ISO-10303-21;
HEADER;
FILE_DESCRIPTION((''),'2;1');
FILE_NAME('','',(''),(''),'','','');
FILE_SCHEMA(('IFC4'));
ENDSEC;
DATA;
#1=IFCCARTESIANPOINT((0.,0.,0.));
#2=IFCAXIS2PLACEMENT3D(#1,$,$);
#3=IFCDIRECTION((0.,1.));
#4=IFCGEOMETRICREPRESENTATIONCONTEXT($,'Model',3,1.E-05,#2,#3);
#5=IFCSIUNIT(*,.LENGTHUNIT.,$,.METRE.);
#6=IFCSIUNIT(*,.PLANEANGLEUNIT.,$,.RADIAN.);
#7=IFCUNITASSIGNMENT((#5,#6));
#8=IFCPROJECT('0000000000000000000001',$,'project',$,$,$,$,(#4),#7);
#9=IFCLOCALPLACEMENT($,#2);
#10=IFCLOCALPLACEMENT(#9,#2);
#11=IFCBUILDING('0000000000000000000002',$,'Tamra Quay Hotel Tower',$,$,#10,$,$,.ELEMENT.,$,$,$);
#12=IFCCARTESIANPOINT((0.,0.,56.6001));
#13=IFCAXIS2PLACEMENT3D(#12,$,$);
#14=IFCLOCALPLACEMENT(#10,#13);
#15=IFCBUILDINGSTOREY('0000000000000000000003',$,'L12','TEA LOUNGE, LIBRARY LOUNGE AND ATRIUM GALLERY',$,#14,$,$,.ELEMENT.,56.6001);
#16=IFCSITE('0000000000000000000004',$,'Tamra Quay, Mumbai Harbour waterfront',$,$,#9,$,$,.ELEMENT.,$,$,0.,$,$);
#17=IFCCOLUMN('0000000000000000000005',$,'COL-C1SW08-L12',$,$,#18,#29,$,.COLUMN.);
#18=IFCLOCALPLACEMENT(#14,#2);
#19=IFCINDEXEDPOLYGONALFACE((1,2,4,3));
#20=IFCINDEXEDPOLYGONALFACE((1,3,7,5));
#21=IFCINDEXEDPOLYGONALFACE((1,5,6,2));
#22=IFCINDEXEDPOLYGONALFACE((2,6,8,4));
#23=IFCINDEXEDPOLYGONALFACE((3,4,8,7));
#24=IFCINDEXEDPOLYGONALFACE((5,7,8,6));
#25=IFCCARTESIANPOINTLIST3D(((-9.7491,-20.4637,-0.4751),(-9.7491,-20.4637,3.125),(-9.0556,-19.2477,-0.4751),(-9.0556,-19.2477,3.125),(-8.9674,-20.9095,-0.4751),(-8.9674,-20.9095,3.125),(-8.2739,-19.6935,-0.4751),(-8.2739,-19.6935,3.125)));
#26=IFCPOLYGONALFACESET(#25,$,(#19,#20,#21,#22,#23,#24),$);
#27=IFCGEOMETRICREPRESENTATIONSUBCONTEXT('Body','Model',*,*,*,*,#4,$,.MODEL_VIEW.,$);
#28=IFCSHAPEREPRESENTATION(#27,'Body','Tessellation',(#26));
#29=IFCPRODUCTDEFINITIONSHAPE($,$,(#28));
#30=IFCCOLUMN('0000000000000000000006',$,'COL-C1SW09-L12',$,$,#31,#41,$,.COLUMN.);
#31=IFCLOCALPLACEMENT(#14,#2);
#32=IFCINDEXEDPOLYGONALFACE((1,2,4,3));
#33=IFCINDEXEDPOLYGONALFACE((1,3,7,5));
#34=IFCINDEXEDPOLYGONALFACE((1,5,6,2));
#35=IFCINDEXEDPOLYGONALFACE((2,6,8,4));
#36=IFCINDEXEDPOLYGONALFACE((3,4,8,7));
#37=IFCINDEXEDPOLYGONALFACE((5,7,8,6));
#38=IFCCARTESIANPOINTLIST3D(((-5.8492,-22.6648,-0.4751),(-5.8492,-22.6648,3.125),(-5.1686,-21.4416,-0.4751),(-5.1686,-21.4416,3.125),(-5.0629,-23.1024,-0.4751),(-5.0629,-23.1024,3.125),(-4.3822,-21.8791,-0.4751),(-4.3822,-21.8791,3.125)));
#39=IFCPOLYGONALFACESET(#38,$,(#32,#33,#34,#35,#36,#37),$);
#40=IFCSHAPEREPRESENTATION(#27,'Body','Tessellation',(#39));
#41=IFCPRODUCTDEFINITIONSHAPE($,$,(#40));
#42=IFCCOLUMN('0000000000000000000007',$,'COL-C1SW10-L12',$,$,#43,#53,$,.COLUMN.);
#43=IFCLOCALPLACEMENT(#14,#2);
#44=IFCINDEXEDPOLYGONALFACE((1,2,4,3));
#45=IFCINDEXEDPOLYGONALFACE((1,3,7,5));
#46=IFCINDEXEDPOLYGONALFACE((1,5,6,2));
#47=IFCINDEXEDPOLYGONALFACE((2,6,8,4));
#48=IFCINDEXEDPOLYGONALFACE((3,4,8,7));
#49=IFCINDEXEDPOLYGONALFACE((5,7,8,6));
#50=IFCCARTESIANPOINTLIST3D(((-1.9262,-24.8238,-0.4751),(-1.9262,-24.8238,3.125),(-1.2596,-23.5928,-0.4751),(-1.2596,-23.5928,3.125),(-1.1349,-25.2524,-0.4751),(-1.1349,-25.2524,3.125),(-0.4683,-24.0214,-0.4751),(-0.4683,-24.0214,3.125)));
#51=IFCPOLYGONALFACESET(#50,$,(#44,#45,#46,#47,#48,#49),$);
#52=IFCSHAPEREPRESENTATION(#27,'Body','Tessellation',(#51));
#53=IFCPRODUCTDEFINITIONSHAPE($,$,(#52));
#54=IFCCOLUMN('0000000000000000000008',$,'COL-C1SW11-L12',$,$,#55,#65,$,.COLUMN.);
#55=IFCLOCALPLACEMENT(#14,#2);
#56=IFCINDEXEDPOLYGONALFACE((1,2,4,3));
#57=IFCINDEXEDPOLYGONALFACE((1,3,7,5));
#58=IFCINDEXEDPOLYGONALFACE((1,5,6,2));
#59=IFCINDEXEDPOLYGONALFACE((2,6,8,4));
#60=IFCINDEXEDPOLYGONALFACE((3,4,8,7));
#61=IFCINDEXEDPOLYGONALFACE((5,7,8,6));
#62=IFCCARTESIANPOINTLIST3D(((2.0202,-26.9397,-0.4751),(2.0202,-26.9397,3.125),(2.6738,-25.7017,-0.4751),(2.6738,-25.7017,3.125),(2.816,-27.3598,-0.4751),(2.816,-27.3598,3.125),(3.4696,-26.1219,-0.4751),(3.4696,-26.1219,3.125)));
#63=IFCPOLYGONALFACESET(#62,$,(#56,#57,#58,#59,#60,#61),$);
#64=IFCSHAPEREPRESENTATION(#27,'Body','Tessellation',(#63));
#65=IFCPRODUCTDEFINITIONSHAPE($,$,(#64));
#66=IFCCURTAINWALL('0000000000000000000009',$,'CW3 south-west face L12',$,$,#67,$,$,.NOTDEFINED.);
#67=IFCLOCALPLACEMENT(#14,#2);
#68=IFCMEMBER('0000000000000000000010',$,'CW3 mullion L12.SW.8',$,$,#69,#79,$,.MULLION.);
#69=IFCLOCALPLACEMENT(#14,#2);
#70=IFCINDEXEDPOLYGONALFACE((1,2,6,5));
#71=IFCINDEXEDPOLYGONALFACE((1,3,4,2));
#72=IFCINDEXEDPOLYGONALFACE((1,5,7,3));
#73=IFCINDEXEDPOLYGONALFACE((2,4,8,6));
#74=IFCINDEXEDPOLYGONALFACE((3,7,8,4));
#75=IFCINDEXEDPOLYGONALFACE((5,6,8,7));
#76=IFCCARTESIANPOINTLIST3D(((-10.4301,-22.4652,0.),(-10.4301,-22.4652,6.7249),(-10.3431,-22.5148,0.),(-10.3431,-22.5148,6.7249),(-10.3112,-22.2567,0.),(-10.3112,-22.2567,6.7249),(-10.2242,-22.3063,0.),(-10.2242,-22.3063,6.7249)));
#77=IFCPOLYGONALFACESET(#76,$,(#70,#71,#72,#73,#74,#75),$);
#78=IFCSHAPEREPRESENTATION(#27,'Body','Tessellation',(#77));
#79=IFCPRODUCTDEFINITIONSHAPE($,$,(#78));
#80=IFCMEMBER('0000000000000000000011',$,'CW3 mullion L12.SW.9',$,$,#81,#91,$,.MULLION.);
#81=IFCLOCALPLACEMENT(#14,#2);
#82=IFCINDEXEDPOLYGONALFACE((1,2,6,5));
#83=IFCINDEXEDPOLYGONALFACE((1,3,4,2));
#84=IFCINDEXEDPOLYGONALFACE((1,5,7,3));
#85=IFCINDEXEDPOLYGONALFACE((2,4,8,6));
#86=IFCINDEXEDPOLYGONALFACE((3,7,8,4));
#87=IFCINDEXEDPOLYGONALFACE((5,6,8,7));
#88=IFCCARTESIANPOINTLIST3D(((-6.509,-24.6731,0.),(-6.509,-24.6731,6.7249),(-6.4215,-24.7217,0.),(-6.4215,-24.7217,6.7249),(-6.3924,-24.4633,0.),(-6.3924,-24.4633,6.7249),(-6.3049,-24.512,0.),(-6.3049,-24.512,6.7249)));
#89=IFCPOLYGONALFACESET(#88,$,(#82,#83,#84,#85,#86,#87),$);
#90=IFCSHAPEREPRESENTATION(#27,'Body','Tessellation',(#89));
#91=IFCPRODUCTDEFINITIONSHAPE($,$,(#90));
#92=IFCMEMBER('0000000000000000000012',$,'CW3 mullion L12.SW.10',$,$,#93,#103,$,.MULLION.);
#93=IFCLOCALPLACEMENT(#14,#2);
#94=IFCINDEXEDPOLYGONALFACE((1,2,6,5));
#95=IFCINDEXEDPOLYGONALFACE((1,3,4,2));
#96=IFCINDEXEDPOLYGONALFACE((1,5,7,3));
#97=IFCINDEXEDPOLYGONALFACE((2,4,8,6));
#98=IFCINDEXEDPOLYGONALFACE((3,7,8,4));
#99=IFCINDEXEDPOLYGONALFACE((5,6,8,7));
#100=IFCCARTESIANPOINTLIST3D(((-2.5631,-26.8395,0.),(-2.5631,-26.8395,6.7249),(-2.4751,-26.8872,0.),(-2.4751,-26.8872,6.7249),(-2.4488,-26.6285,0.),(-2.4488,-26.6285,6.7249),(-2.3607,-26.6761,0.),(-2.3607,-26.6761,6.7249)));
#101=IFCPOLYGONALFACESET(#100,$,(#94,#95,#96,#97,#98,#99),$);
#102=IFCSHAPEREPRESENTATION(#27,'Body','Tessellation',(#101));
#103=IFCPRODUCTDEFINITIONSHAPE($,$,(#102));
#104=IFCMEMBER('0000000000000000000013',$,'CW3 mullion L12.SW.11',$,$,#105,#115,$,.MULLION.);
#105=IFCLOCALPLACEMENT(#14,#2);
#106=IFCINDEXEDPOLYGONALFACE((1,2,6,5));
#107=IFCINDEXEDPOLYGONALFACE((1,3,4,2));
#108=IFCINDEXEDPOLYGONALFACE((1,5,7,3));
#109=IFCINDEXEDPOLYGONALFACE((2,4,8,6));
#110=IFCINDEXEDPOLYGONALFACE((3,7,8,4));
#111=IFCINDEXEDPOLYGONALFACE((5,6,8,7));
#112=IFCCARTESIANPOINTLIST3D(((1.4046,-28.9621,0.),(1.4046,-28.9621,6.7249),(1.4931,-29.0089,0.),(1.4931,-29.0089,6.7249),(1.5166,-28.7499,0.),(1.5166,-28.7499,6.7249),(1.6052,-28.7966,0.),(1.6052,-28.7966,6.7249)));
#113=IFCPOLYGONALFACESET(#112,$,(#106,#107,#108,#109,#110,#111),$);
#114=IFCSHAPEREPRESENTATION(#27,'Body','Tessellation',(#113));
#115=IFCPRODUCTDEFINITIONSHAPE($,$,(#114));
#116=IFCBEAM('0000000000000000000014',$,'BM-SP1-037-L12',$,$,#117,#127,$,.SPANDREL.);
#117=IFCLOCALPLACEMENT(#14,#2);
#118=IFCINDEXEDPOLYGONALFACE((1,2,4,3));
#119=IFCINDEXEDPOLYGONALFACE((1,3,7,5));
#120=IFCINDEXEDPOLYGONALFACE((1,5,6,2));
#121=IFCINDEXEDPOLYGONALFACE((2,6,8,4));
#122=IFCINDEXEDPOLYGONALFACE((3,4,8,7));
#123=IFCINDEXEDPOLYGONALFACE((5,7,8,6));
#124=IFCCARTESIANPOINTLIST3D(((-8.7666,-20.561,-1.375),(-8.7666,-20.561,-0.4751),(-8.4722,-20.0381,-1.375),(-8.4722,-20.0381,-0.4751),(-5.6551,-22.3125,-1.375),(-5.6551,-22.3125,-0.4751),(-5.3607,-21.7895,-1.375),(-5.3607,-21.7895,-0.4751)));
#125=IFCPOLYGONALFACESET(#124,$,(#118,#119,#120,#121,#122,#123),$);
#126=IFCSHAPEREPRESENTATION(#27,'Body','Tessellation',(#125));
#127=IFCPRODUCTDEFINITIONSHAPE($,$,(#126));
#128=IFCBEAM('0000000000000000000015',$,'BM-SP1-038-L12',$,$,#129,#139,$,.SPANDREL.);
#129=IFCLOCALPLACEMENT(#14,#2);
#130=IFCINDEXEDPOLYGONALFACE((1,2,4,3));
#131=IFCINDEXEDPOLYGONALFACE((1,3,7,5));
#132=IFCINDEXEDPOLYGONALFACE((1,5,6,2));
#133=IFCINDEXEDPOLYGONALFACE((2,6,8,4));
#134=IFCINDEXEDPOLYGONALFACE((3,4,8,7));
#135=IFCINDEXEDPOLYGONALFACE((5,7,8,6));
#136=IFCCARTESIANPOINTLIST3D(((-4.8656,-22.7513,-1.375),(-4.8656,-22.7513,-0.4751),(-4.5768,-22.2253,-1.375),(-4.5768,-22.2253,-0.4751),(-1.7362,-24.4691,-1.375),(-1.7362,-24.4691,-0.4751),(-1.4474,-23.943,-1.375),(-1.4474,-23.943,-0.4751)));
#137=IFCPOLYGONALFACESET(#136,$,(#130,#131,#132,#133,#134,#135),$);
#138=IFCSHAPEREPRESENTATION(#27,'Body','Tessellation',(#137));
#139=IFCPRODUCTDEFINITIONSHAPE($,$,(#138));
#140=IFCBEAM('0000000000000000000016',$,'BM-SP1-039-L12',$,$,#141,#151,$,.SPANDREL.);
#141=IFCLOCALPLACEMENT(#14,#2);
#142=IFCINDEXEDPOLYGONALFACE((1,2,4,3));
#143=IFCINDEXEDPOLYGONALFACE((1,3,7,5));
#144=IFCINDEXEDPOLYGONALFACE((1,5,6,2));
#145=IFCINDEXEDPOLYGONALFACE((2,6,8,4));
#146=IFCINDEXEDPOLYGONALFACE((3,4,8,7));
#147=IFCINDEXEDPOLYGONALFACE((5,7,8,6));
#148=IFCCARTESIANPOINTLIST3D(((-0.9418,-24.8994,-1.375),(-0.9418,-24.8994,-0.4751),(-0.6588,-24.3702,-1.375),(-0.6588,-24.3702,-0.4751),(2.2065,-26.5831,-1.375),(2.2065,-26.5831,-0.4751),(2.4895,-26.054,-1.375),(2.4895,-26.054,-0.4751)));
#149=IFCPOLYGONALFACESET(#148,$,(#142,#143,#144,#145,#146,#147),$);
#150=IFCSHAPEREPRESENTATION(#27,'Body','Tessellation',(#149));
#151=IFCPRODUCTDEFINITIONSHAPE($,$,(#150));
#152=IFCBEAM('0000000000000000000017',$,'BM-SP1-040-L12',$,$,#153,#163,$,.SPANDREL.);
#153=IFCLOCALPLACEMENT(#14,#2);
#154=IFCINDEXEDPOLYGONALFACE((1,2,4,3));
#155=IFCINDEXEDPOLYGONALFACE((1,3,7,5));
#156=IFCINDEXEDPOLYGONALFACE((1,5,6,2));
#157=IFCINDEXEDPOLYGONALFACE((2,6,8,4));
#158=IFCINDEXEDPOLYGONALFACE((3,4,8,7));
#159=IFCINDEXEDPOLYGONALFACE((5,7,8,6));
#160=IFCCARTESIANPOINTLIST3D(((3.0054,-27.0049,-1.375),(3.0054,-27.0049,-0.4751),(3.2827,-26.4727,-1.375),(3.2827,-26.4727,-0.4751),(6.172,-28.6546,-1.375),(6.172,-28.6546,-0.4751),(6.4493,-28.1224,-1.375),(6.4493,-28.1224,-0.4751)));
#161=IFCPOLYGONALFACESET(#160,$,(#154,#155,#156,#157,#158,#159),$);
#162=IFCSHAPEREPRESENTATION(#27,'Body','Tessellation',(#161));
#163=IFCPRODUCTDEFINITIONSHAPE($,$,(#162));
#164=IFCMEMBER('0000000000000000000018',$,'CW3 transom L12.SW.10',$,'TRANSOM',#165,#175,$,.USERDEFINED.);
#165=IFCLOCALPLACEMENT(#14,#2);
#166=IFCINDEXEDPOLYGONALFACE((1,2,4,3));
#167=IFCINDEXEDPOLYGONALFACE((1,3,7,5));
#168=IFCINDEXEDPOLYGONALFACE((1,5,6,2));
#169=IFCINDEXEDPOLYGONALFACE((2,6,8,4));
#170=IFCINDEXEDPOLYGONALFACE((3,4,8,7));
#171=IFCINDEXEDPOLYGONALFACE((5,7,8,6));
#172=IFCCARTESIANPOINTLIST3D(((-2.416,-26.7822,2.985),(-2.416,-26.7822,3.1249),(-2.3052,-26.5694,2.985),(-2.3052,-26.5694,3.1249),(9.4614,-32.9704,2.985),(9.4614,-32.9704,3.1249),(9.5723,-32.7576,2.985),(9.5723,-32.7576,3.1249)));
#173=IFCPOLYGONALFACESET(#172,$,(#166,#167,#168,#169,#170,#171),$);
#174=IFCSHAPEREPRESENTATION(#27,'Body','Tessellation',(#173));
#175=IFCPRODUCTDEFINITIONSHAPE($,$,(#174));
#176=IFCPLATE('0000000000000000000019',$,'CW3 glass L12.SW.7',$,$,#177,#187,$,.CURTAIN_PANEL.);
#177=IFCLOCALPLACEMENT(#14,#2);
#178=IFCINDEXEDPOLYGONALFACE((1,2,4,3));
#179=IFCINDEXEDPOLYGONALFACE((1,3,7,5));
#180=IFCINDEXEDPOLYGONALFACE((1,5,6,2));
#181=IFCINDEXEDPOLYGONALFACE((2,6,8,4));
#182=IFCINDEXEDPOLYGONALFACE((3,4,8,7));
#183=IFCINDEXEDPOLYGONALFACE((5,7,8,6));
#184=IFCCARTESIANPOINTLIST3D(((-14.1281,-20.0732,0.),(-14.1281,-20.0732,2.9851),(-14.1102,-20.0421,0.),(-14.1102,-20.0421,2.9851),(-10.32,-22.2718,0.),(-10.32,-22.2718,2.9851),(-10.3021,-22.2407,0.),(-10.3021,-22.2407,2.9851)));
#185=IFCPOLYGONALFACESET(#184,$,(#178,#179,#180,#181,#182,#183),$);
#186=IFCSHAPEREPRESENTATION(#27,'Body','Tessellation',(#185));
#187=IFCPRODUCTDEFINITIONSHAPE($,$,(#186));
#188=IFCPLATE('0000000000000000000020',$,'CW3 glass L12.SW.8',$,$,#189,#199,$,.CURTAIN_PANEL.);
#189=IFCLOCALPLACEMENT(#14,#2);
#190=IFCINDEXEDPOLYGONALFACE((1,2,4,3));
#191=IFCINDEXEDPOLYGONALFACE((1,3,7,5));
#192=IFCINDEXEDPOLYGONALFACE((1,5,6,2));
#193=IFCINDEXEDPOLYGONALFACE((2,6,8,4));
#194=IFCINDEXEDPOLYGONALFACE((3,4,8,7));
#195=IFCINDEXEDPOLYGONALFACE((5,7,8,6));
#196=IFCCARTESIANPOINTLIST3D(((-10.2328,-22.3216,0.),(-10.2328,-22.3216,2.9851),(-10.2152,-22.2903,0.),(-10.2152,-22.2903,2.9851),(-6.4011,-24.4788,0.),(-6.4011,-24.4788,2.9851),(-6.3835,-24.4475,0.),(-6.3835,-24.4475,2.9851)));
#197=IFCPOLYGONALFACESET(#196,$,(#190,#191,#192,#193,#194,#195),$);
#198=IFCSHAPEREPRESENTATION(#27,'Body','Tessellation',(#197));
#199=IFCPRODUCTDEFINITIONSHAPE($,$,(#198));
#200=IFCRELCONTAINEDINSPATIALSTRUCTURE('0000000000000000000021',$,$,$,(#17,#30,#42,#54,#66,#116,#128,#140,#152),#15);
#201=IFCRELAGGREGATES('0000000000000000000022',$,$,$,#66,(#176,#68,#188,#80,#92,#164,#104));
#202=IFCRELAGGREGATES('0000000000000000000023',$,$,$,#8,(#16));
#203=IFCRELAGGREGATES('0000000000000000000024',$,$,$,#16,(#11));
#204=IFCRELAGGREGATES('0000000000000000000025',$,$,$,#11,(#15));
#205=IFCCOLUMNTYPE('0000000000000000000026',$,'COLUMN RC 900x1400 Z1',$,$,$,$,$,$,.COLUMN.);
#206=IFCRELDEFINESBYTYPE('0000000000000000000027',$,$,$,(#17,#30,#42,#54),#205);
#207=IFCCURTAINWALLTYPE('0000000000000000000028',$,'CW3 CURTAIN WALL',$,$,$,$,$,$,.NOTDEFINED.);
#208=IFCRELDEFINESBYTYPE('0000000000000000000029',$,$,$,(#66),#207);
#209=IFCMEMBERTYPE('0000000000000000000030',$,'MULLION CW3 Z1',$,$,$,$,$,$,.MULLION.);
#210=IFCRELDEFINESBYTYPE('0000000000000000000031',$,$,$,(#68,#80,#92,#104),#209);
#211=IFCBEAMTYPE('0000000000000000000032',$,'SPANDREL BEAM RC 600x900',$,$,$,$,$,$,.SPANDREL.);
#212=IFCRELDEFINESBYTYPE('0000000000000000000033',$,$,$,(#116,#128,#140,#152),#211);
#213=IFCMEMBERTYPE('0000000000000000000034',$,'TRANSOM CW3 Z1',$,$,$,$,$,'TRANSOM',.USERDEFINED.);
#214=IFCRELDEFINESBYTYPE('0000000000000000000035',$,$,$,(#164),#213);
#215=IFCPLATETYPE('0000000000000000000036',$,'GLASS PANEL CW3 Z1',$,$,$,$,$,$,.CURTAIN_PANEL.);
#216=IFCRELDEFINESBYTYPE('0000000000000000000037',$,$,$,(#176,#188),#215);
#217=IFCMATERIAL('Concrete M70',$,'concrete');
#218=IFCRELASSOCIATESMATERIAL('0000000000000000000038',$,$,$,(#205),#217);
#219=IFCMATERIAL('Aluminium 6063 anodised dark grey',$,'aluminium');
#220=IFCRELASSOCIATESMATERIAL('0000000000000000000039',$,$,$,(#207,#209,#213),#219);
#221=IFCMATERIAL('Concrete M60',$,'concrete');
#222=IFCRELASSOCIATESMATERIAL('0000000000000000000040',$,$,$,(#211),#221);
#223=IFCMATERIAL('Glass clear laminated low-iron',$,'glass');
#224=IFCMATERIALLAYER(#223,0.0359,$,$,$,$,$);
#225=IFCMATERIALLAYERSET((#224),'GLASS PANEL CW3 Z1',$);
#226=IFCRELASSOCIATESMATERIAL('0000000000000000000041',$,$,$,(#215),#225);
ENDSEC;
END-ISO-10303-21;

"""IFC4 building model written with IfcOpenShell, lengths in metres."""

from ifc_helpers import new_model, si_unit, direction, frame, origin, origin_2d, place, context, subcontext, project, spatial, rectangle, extrude, material, layer, layer_set, material_profile, profile_set, type_object, element, aggregate, save


model = new_model("IFC4")

# Units and contexts
model_context = context("Model", 3, precision=1e-05, world=origin(), true_north=direction((0.0, 1.0)))
body_context = subcontext(model_context, "Body", "Model", "MODEL_VIEW")
ifc_project = project(units=[si_unit("LENGTHUNIT", "METRE"), si_unit("PLANEANGLEUNIT", "RADIAN")], contexts=[model_context])

# Site, building, storey
site_placement = place(None, origin())
site = spatial("IfcSite", under=ifc_project, at=site_placement, Name="Tamra Quay, Mumbai Harbour waterfront", CompositionType="ELEMENT", RefElevation=0.0)
building_placement = place(site_placement, origin())
building = spatial("IfcBuilding", under=site, at=building_placement, Name="Tamra Quay Hotel Tower", CompositionType="ELEMENT")
storey_placement = place(building_placement, frame((0.0, 0.0, 56.6001)))
storey = spatial("IfcBuildingStorey", under=building, at=storey_placement, Name="L12", Description="TEA LOUNGE, LIBRARY LOUNGE AND ATRIUM GALLERY", CompositionType="ELEMENT", Elevation=56.6001)

# Columns
ifc_material_1 = material(Name="Concrete M70", Category="concrete")
ifc_material_profile_1 = material_profile(ifc_material_1, rectangle(XDim=1.3999, YDim=0.8999, at=origin_2d()), Name="COLUMN RC 900x1400 Z1")
ifc_profile_set_1 = profile_set([ifc_material_profile_1], Name="Concrete M70")
column_type = type_object("IfcColumnType", Name="COLUMN RC 900x1400 Z1", PredefinedType="COLUMN", material=ifc_profile_set_1)
for number, where, z_axis, x_axis, name in (
    (1, (-9.0115, -20.0786, -0.4751), (0.0, 0.0, 1.0), (0.495421, 0.868653, 0.0), "COL-C1SW08-L12"),
    (2, (-5.1157, -22.272, -0.4751), (0.0, 0.0, 1.0), (0.486221, 0.873836, 0.0), "COL-C1SW09-L12"),
    (3, (-1.1973, -24.4226, -0.4751), (0.0, 0.0, 1.0), (0.476198, 0.879338, 0.0), "COL-C1SW10-L12"),
    (4, (2.7449, -26.5308, -0.4751), (0.0, 0.0, 1.0), (0.466896, 0.884312, 0.0), "COL-C1SW11-L12"),
):
    element("IfcColumn", number, at=place(storey_placement, frame(where, z_axis=z_axis, x_axis=x_axis)), inside=storey, type_object=column_type, Name=name, PredefinedType="COLUMN", context=body_context, shape_type="SweptSolid", body=[
        extrude(rectangle(XDim=1.3999, YDim=0.8999, at=origin_2d()), origin(), (0.0, 0.0, 1.0), 3.6001),
    ])

# Curtain wall, members
ifc_material_2 = material(Name="Aluminium 6063 anodised dark grey", Category="aluminium")
curtain_wall_type = type_object("IfcCurtainWallType", Name="CW3 CURTAIN WALL", PredefinedType="NOTDEFINED", material=ifc_material_2)
curtain_wall_placement = place(storey_placement, origin())
curtain_wall = element("IfcCurtainWall", 5, at=curtain_wall_placement, inside=storey, type_object=curtain_wall_type, Name="CW3 south-west face L12", PredefinedType="NOTDEFINED")
ifc_material_profile_2 = material_profile(ifc_material_2, rectangle(XDim=0.24, YDim=0.1001, at=origin_2d()), Name="MULLION 100X240")
ifc_profile_set_2 = profile_set([ifc_material_profile_2], Name="Aluminium 6063 anodised dark grey")
member_type_1 = type_object("IfcMemberType", Name="MULLION CW3 Z1", PredefinedType="MULLION", material=ifc_profile_set_2)
member_1_placement = place(storey_placement, frame((-10.3271, -22.3857, 0.0), z_axis=(0.0, 0.0, 1.0), x_axis=(-0.495301, -0.868722, 0.0)))
member_1 = element("IfcMember", 6, at=member_1_placement, type_object=member_type_1, Name="CW3 mullion L12.SW.8", PredefinedType="MULLION", context=body_context, shape_type="SweptSolid", body=[
    extrude(rectangle(XDim=0.24, YDim=0.1001, at=origin_2d()), origin(), (0.0, 0.0, 1.0), 6.7249),
])
member_2_placement = place(storey_placement, frame((-6.407, -24.5925, 0.0), z_axis=(0.0, 0.0, 1.0), x_axis=(-0.485864, -0.874035, 0.0)))
member_2 = element("IfcMember", 7, at=member_2_placement, type_object=member_type_1, Name="CW3 mullion L12.SW.9", PredefinedType="MULLION", context=body_context, shape_type="SweptSolid", body=[
    extrude(rectangle(XDim=0.24, YDim=0.1001, at=origin_2d()), origin(), (0.0, 0.0, 1.0), 6.7249),
])
member_3_placement = place(storey_placement, frame((-2.4619, -26.7578, 0.0), z_axis=(0.0, 0.0, 1.0), x_axis=(-0.476377, -0.879241, 0.0)))
member_3 = element("IfcMember", 8, at=member_3_placement, type_object=member_type_1, Name="CW3 mullion L12.SW.10", PredefinedType="MULLION", context=body_context, shape_type="SweptSolid", body=[
    extrude(rectangle(XDim=0.24, YDim=0.1001, at=origin_2d()), origin(), (0.0, 0.0, 1.0), 6.7249),
])
member_4_placement = place(storey_placement, frame((1.5049, -28.8794, 0.0), z_axis=(0.0, 0.0, 1.0), x_axis=(-0.466835, -0.884344, 0.0)))
member_4 = element("IfcMember", 9, at=member_4_placement, type_object=member_type_1, Name="CW3 mullion L12.SW.11", PredefinedType="MULLION", context=body_context, shape_type="SweptSolid", body=[
    extrude(rectangle(XDim=0.24, YDim=0.1001, at=origin_2d()), origin(), (0.0, 0.0, 1.0), 6.7249),
])

# Beams
ifc_material_3 = material(Name="Concrete M60", Category="concrete")
ifc_material_profile_3 = material_profile(ifc_material_3, rectangle(XDim=0.6001, YDim=0.8999, at=origin_2d()), Name="SPANDREL BEAM RC 600x900")
ifc_profile_set_3 = profile_set([ifc_material_profile_3], Name="Concrete M60")
beam_type = type_object("IfcBeamType", Name="SPANDREL BEAM RC 600x900", PredefinedType="SPANDREL", material=ifc_profile_set_3)
beam_1_placement = place(storey_placement, frame((-8.6194, -20.2996, -0.925), z_axis=(0.871431, -0.490518, 0.0), x_axis=(0.490518, 0.871431, 0.0)))
element("IfcBeam", 10, at=beam_1_placement, inside=storey, type_object=beam_type, Name="BM-SP1-037-L12", PredefinedType="SPANDREL", context=body_context, shape_type="SweptSolid", body=[
    extrude(rectangle(XDim=0.6001, YDim=0.8999, at=origin_2d()), origin(), (0.0, 0.0, 1.0), 3.5706),
])
beam_2_placement = place(storey_placement, frame((-4.7212, -22.4883, -0.925), z_axis=(0.876617, -0.481189, 0.0), x_axis=(0.481189, 0.876617, 0.0)))
element("IfcBeam", 11, at=beam_2_placement, inside=storey, type_object=beam_type, Name="BM-SP1-038-L12", PredefinedType="SPANDREL", context=body_context, shape_type="SweptSolid", body=[
    extrude(rectangle(XDim=0.6001, YDim=0.8999, at=origin_2d()), origin(), (0.0, 0.0, 1.0), 3.5698),
])
beam_3_placement = place(storey_placement, frame((-0.8003, -24.6348, -0.925), z_axis=(0.881809, -0.471607, 0.0), x_axis=(0.471607, 0.881809, 0.0)))
element("IfcBeam", 12, at=beam_3_placement, inside=storey, type_object=beam_type, Name="BM-SP1-039-L12", PredefinedType="SPANDREL", context=body_context, shape_type="SweptSolid", body=[
    extrude(rectangle(XDim=0.6001, YDim=0.8999, at=origin_2d()), origin(), (0.0, 0.0, 1.0), 3.5703),
])
beam_4_placement = place(storey_placement, frame((3.144, -26.7388, -0.925), z_axis=(0.886864, -0.462031, 0.0), x_axis=(0.462031, 0.886864, 0.0)))
element("IfcBeam", 13, at=beam_4_placement, inside=storey, type_object=beam_type, Name="BM-SP1-040-L12", PredefinedType="SPANDREL", context=body_context, shape_type="SweptSolid", body=[
    extrude(rectangle(XDim=0.6001, YDim=0.8999, at=origin_2d()), origin(), (0.0, 0.0, 1.0), 3.5706),
])

# Member
ifc_material_profile_4 = material_profile(ifc_material_2, rectangle(XDim=0.24, YDim=0.1399, at=origin_2d()), Name="TRANSOM 240X140")
ifc_profile_set_4 = profile_set([ifc_material_profile_4], Name="Aluminium 6063 anodised dark grey")
member_type_2 = type_object("IfcMemberType", Name="TRANSOM CW3 Z1", ElementType="TRANSOM", PredefinedType="USERDEFINED", material=ifc_profile_set_4)
member_5_placement = place(storey_placement, frame((-2.3606, -26.6758, 3.0549), z_axis=(0.886851, -0.462056, 0.0), x_axis=(0.462056, 0.886851, 0.0)))
member_5 = element("IfcMember", 14, at=member_5_placement, type_object=member_type_2, Name="CW3 transom L12.SW.10", ObjectType="TRANSOM", PredefinedType="USERDEFINED", context=body_context, shape_type="SweptSolid", body=[
    extrude(rectangle(XDim=0.24, YDim=0.1399, at=origin_2d()), origin(), (0.0, 0.0, 1.0), 13.3928),
])

# Plates
ifc_material_4 = material(Name="Glass clear laminated low-iron", Category="glass")
ifc_layer_1 = layer(ifc_material_4, 0.0359)
ifc_layer_set_1 = layer_set([ifc_layer_1], Name="GLASS PANEL CW3 Z1")
plate_type = type_object("IfcPlateType", Name="GLASS PANEL CW3 Z1", PredefinedType="CURTAIN_PANEL", material=ifc_layer_set_1)
plate_1_placement = place(storey_placement, frame((-12.2151, -21.157, 0.0), z_axis=(0.0, 0.0, 1.0), x_axis=(0.866025, -0.5, 0.0)))
plate_1 = element("IfcPlate", 15, at=plate_1_placement, type_object=plate_type, Name="CW3 glass L12.SW.7", PredefinedType="CURTAIN_PANEL", context=body_context, shape_type="SweptSolid", body=[
    extrude(rectangle(XDim=4.3972, YDim=0.0359, at=origin_2d()), origin(), (0.0, 0.0, 1.0), 2.9851),
])
plate_2_placement = place(storey_placement, frame((-8.3081, -23.3845, 0.0), z_axis=(0.0, 0.0, 1.0), x_axis=(0.871392, -0.490587, 0.0)))
plate_2 = element("IfcPlate", 16, at=plate_2_placement, type_object=plate_type, Name="CW3 glass L12.SW.8", PredefinedType="CURTAIN_PANEL", context=body_context, shape_type="SweptSolid", body=[
    extrude(rectangle(XDim=4.3972, YDim=0.0359, at=origin_2d()), origin(), (0.0, 0.0, 1.0), 2.9851),
])
aggregate(curtain_wall, [plate_1, member_1, plate_2, member_2, member_3, member_5, member_4])

save(model, "model.ifc")
